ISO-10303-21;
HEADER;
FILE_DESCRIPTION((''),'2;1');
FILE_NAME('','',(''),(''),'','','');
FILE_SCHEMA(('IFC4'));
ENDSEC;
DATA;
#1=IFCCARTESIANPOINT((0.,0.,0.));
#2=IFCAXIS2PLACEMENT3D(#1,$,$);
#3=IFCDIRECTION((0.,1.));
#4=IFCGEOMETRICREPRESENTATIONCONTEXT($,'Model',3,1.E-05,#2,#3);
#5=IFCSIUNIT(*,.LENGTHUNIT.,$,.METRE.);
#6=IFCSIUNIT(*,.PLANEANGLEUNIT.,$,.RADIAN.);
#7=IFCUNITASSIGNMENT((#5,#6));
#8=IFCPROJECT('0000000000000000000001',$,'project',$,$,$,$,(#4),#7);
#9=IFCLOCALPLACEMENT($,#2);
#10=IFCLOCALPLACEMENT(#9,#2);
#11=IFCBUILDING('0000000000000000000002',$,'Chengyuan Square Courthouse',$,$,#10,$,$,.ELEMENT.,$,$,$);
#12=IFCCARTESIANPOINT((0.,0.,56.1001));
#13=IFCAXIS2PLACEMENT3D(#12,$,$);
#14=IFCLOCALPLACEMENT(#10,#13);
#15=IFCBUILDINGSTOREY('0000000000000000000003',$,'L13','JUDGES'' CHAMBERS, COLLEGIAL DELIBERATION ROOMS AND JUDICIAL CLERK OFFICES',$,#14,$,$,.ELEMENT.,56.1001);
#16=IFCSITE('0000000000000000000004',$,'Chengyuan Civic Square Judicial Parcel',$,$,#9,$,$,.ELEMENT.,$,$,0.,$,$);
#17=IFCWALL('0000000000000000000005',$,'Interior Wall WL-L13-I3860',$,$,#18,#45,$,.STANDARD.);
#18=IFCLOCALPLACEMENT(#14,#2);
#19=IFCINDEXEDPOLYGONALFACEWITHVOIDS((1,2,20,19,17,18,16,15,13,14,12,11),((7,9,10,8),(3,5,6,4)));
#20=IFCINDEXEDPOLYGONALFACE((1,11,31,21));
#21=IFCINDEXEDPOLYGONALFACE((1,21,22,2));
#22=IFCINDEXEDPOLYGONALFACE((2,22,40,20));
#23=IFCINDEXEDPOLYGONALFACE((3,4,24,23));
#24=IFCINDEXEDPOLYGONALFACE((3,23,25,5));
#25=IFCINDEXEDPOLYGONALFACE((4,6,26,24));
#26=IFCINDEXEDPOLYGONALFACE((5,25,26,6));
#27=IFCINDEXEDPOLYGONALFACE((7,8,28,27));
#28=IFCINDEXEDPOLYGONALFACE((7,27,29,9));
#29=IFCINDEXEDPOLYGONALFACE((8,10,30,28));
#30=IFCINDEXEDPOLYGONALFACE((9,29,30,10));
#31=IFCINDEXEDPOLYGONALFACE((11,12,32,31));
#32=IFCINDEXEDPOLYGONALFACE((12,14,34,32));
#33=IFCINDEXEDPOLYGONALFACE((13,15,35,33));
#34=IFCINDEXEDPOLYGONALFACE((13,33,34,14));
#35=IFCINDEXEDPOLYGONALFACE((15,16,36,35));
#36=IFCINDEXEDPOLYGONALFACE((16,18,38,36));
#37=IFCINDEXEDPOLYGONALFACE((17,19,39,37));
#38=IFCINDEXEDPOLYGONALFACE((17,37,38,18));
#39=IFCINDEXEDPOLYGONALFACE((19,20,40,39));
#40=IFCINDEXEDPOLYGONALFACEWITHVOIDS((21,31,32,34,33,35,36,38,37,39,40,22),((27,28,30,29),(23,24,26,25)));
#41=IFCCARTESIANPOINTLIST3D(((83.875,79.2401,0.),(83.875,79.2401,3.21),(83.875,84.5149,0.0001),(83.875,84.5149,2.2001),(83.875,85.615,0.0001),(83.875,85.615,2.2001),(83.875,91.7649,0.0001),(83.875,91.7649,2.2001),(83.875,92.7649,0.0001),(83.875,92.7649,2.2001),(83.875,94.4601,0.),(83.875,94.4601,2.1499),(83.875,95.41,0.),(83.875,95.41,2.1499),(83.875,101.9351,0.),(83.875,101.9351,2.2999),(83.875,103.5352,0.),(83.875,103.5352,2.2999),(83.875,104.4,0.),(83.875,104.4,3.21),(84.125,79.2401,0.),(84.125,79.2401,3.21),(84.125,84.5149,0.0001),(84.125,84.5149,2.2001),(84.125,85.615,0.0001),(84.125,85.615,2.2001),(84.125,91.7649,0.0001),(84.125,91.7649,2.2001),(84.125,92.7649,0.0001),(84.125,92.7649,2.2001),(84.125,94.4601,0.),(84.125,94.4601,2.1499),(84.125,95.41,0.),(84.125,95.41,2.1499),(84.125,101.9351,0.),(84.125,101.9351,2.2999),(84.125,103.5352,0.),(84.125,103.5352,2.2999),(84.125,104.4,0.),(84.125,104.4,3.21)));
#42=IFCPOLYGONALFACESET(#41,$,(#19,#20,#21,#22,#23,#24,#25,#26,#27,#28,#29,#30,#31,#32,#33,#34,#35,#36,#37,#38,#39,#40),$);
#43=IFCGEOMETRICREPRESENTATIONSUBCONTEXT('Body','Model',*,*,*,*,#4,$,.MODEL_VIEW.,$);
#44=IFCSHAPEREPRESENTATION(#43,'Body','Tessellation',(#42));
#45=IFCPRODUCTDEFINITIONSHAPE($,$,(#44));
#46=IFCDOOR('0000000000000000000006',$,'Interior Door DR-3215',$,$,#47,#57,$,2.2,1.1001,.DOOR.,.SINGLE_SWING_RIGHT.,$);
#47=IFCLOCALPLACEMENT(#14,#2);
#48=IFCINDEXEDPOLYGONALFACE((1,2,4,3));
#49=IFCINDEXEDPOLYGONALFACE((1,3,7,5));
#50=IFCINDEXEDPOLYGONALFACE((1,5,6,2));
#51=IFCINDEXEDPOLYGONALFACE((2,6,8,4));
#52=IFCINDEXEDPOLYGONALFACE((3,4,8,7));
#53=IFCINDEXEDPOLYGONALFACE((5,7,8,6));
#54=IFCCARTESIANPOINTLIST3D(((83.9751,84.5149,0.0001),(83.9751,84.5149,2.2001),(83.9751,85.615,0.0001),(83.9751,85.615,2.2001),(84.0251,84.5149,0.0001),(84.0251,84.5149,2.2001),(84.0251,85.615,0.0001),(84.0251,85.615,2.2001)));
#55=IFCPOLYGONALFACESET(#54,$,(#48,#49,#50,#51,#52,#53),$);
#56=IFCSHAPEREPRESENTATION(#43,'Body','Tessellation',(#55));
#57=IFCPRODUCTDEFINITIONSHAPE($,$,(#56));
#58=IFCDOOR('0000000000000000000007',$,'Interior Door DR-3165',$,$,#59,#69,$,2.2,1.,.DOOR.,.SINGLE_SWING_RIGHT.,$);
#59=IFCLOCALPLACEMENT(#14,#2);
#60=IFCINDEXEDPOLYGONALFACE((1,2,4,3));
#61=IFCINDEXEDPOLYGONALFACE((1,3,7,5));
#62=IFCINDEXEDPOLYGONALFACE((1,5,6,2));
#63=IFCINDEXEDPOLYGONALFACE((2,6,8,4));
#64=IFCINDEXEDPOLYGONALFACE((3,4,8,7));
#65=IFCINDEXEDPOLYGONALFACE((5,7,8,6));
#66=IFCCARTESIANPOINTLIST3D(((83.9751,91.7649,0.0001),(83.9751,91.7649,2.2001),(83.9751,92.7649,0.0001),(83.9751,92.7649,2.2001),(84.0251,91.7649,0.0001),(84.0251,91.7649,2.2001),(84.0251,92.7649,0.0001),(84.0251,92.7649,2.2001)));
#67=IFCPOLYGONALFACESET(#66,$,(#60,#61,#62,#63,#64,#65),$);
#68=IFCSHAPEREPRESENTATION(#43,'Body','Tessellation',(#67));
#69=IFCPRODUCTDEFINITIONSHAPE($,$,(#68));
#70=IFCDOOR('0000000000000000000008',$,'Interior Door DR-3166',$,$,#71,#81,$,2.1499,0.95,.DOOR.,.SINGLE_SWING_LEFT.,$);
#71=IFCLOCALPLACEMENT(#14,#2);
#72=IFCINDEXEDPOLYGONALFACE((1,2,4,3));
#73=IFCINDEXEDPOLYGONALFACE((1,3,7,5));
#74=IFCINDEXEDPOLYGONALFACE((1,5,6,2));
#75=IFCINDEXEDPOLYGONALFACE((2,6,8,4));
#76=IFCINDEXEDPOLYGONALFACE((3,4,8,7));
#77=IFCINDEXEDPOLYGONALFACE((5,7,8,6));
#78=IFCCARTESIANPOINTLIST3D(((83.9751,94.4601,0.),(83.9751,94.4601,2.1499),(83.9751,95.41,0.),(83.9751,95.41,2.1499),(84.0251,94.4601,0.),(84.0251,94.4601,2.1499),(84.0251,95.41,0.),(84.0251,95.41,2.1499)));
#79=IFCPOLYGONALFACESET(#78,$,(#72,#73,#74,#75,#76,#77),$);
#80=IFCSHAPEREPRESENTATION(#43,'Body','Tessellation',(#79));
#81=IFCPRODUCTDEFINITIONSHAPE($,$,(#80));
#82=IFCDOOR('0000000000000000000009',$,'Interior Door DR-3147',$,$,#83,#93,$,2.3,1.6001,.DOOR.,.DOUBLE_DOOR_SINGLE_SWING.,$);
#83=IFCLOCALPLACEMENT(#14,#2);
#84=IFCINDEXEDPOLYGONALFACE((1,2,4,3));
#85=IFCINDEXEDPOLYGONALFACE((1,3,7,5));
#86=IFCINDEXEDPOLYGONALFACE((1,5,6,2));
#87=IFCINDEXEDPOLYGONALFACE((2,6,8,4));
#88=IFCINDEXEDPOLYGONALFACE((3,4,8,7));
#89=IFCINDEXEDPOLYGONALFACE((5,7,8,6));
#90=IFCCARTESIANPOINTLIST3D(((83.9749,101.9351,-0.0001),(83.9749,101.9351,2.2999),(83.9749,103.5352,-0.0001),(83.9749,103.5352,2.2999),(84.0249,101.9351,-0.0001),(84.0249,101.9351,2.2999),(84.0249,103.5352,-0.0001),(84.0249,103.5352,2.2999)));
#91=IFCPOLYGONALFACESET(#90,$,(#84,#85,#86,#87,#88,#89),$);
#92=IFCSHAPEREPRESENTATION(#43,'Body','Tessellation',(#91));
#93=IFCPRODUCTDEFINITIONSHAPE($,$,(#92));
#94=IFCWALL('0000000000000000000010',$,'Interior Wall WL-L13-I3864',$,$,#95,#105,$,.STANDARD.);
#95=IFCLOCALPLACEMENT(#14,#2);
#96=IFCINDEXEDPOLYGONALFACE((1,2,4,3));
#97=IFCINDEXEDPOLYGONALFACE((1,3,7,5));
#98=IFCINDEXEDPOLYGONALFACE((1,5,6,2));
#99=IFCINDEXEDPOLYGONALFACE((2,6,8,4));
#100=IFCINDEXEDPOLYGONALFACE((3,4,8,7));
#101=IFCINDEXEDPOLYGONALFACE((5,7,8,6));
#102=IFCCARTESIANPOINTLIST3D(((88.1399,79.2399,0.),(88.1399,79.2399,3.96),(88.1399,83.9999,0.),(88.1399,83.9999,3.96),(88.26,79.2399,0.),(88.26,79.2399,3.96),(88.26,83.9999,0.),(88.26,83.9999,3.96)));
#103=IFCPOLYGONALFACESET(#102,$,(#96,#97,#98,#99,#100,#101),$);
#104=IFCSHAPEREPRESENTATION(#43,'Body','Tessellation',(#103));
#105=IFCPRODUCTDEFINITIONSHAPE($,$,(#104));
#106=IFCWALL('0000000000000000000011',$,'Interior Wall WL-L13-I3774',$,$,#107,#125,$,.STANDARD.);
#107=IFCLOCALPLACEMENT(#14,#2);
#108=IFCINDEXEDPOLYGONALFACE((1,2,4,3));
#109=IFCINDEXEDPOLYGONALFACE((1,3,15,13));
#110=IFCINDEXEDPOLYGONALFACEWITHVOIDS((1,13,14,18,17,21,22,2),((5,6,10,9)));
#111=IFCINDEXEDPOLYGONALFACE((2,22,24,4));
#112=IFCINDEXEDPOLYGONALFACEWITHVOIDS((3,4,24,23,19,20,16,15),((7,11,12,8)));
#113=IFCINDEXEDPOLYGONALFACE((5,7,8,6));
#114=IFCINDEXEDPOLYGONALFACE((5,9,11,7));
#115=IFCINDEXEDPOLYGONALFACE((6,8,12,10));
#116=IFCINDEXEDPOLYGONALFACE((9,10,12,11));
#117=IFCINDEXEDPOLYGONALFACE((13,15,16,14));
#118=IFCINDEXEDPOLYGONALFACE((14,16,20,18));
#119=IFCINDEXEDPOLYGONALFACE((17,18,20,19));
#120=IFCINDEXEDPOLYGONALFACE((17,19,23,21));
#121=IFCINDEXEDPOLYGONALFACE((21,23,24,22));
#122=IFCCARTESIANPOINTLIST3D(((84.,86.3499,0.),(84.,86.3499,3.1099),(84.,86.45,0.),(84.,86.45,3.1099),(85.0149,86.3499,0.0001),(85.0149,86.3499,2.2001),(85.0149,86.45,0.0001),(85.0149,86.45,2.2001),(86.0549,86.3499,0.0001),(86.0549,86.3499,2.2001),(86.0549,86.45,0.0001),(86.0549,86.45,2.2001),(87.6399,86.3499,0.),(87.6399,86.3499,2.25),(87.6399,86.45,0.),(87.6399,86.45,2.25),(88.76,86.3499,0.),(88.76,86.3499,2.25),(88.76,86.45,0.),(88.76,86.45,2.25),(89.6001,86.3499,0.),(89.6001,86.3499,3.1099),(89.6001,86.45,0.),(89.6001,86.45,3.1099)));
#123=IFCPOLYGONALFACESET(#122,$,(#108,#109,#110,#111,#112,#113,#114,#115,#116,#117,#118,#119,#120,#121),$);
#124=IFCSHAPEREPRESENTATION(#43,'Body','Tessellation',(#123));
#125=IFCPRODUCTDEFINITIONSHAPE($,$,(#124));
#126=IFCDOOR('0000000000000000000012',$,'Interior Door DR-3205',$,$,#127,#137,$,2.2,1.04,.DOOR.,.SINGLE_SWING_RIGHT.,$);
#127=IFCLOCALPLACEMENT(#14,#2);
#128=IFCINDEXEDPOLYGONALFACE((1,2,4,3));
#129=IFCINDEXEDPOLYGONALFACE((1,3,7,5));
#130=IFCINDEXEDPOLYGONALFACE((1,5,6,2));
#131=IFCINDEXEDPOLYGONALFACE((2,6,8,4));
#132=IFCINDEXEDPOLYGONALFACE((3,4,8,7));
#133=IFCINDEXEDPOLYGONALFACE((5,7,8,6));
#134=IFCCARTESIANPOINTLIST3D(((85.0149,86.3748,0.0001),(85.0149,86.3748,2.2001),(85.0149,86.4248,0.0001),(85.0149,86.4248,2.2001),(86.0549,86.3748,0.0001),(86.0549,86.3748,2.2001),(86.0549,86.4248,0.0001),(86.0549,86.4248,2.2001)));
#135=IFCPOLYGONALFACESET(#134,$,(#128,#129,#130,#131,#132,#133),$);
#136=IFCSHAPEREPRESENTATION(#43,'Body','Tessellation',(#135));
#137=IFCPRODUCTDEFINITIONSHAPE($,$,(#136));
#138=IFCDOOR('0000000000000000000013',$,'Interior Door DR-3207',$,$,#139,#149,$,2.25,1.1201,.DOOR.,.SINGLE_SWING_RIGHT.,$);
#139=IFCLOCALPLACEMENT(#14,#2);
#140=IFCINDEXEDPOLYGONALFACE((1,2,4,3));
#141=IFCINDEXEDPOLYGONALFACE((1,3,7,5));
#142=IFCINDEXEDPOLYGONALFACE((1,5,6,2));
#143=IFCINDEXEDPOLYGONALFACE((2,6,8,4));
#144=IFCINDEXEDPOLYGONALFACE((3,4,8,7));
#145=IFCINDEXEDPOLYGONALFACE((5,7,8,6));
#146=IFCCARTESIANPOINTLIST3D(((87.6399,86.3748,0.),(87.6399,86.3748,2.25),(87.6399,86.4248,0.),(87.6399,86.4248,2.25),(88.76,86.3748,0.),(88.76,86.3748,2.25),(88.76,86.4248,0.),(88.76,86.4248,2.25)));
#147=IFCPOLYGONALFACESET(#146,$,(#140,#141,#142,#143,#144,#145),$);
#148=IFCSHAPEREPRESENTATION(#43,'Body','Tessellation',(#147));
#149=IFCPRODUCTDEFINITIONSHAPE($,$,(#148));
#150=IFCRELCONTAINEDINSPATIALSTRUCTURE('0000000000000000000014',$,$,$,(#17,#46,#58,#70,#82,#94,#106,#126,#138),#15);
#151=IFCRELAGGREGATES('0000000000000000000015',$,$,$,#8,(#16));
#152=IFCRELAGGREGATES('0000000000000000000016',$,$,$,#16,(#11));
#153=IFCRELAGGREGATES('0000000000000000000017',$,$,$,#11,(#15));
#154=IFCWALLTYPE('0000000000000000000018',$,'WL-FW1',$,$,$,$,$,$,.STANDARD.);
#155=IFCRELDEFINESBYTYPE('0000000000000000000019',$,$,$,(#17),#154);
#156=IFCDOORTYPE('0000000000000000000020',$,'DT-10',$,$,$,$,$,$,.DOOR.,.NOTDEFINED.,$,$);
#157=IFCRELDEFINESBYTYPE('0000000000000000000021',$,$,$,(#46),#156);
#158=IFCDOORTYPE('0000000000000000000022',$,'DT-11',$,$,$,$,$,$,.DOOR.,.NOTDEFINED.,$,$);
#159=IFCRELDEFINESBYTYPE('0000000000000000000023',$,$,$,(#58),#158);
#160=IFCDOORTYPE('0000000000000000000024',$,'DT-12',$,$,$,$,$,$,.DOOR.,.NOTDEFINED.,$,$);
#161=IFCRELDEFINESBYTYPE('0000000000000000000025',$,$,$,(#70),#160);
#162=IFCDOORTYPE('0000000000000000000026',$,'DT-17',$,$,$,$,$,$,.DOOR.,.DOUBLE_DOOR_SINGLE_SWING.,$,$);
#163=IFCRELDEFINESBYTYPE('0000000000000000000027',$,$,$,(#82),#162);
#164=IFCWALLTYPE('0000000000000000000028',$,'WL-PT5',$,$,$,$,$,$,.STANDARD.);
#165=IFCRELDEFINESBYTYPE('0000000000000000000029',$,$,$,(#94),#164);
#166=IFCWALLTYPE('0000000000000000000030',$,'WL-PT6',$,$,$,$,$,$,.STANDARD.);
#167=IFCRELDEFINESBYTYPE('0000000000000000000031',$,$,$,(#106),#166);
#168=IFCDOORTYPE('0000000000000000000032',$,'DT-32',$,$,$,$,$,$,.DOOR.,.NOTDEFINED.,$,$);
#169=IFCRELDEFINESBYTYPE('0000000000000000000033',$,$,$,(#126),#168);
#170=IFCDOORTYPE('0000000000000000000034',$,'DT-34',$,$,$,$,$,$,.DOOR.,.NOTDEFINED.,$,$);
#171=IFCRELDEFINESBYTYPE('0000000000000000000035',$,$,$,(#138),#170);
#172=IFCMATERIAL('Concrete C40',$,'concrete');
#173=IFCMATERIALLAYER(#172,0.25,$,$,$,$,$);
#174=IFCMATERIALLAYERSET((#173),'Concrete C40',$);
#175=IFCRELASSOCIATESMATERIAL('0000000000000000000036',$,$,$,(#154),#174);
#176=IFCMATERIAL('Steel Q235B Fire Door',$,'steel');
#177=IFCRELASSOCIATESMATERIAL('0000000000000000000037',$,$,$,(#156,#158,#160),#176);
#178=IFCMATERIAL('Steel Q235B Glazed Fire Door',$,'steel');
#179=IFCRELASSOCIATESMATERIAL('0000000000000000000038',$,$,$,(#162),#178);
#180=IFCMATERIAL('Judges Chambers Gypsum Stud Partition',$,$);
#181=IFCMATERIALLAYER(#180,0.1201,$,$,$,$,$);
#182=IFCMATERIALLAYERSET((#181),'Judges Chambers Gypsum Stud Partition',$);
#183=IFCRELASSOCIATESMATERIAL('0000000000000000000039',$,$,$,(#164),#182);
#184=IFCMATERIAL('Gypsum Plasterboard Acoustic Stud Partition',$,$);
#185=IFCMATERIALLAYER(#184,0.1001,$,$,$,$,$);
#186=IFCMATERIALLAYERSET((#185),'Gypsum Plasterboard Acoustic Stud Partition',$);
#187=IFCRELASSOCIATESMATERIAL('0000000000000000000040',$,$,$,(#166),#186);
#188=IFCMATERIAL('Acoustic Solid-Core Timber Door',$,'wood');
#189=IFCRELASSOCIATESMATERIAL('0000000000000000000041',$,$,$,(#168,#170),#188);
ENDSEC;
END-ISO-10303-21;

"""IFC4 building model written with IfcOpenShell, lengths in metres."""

from ifc_helpers import new_model, si_unit, direction, frame, frame_2d, origin, place, context, subcontext, project, spatial, rectangle, extrude, material, layer, layer_set, type_object, element, fill, save


model = new_model("IFC4")

# Units and contexts
model_context = context("Model", 3, precision=1e-05, world=origin(), true_north=direction((0.0, 1.0)))
body_context = subcontext(model_context, "Body", "Model", "MODEL_VIEW")
ifc_project = project(units=[si_unit("LENGTHUNIT", "METRE"), si_unit("PLANEANGLEUNIT", "RADIAN")], contexts=[model_context])

# Site, building, storey
site_placement = place(None, origin())
site = spatial("IfcSite", under=ifc_project, at=site_placement, Name="Chengyuan Civic Square Judicial Parcel", CompositionType="ELEMENT", RefElevation=0.0)
building_placement = place(site_placement, origin())
building = spatial("IfcBuilding", under=site, at=building_placement, Name="Chengyuan Square Courthouse", CompositionType="ELEMENT")
storey_placement = place(building_placement, frame((0.0, 0.0, 56.1001)))
storey = spatial("IfcBuildingStorey", under=building, at=storey_placement, Name="L13", Description="JUDGES' CHAMBERS, COLLEGIAL DELIBERATION ROOMS AND JUDICIAL CLERK OFFICES", CompositionType="ELEMENT", Elevation=56.1001)

# Shared definitions
ifc_material_1 = material(Name="Concrete C40", Category="concrete")

# Wall, openings, doors
ifc_layer_1 = layer(ifc_material_1, 0.25)
ifc_layer_set_1 = layer_set([ifc_layer_1], Name="Concrete C40")
wall_type_1 = type_object("IfcWallType", Name="WL-FW1", PredefinedType="STANDARD", material=ifc_layer_set_1)
wall_1_placement = place(storey_placement, frame((84.0, 79.24, 0.0), z_axis=(0.0, 0.0, 1.0), x_axis=(0.0, 1.0, 0.0)))
wall_1 = element("IfcWall", 1, at=wall_1_placement, inside=storey, type_object=wall_type_1, Name="Interior Wall WL-L13-I3860", PredefinedType="STANDARD", context=body_context, shape_type="SweptSolid", body=[
    extrude(rectangle(XDim=25.1599, YDim=0.25, at=frame_2d((12.5801, 0.0))), origin(), (0.0, 0.0, 1.0), 3.21),
])
opening_1_placement = place(wall_1_placement, frame((22.6951, 0.0, 0.0)))
opening_1 = element("IfcOpeningElement", 2, at=opening_1_placement, cuts=wall_1, PredefinedType="OPENING", context=body_context, shape_type="SweptSolid", body=[
    extrude(rectangle(XDim=1.6001, YDim=2.3, at=frame_2d((0.8, 1.1499))), frame((0.0, 0.137, 0.0), z_axis=(0.0, -1.0, 0.0), x_axis=(1.0, 0.0, 0.0)), (0.0, 0.0, 1.0), 0.2739),
])
opening_2_placement = place(wall_1_placement, frame((12.5249, 0.0, 0.0)))
opening_2 = element("IfcOpeningElement", 3, at=opening_2_placement, cuts=wall_1, PredefinedType="OPENING", context=body_context, shape_type="SweptSolid", body=[
    extrude(rectangle(XDim=1.0, YDim=2.2, at=frame_2d((0.5, 1.1001))), frame((0.0, 0.137, 0.0), z_axis=(0.0, -1.0, 0.0), x_axis=(1.0, 0.0, 0.0)), (0.0, 0.0, 1.0), 0.2739),
])
opening_3_placement = place(wall_1_placement, frame((15.22, 0.0, 0.0)))
opening_3 = element("IfcOpeningElement", 4, at=opening_3_placement, cuts=wall_1, PredefinedType="OPENING", context=body_context, shape_type="SweptSolid", body=[
    extrude(rectangle(XDim=0.95, YDim=2.1499, at=frame_2d((0.4751, 1.075))), frame((0.0, 0.137, 0.0), z_axis=(0.0, -1.0, 0.0), x_axis=(1.0, 0.0, 0.0)), (0.0, 0.0, 1.0), 0.2739),
])
opening_4_placement = place(wall_1_placement, frame((5.2749, 0.0, 0.0)))
opening_4 = element("IfcOpeningElement", 5, at=opening_4_placement, cuts=wall_1, PredefinedType="OPENING", context=body_context, shape_type="SweptSolid", body=[
    extrude(rectangle(XDim=1.1001, YDim=2.2, at=frame_2d((0.55, 1.1001))), frame((0.0, 0.137, 0.0), z_axis=(0.0, -1.0, 0.0), x_axis=(1.0, 0.0, 0.0)), (0.0, 0.0, 1.0), 0.2739),
])
ifc_material_2 = material(Name="Steel Q235B Fire Door", Category="steel")
door_type_1 = type_object("IfcDoorType", Name="DT-10", OperationType="NOTDEFINED", PredefinedType="DOOR", material=ifc_material_2)
door_1_placement = place(opening_4_placement, origin())
door_1 = element("IfcDoor", 6, at=door_1_placement, inside=storey, type_object=door_type_1, Name="Interior Door DR-3215", OperationType="SINGLE_SWING_RIGHT", OverallHeight=2.2, OverallWidth=1.1001, PredefinedType="DOOR", context=body_context, shape_type="SweptSolid", body=[
    extrude(rectangle(XDim=1.1001, YDim=2.2, at=frame_2d((0.55, 1.1001))), frame((0.0, 0.0249, 0.0), z_axis=(0.0, -1.0, 0.0), x_axis=(1.0, 0.0, 0.0)), (0.0, 0.0, 1.0), 0.05),
])
fill(opening_4, door_1)
door_type_2 = type_object("IfcDoorType", Name="DT-11", OperationType="NOTDEFINED", PredefinedType="DOOR", material=ifc_material_2)
door_2_placement = place(opening_2_placement, origin())
door_2 = element("IfcDoor", 7, at=door_2_placement, inside=storey, type_object=door_type_2, Name="Interior Door DR-3165", OperationType="SINGLE_SWING_RIGHT", OverallHeight=2.2, OverallWidth=1.0, PredefinedType="DOOR", context=body_context, shape_type="SweptSolid", body=[
    extrude(rectangle(XDim=1.0, YDim=2.2, at=frame_2d((0.5, 1.1001))), frame((0.0, 0.0249, 0.0), z_axis=(0.0, -1.0, 0.0), x_axis=(1.0, 0.0, 0.0)), (0.0, 0.0, 1.0), 0.05),
])
fill(opening_2, door_2)
door_type_3 = type_object("IfcDoorType", Name="DT-12", OperationType="NOTDEFINED", PredefinedType="DOOR", material=ifc_material_2)
door_3_placement = place(opening_3_placement, origin())
door_3 = element("IfcDoor", 8, at=door_3_placement, inside=storey, type_object=door_type_3, Name="Interior Door DR-3166", OperationType="SINGLE_SWING_LEFT", OverallHeight=2.1499, OverallWidth=0.95, PredefinedType="DOOR", context=body_context, shape_type="SweptSolid", body=[
    extrude(rectangle(XDim=0.95, YDim=2.1499, at=frame_2d((0.4751, 1.075))), frame((0.0, 0.0249, 0.0), z_axis=(0.0, -1.0, 0.0), x_axis=(1.0, 0.0, 0.0)), (0.0, 0.0, 1.0), 0.05),
])
fill(opening_3, door_3)
ifc_material_3 = material(Name="Steel Q235B Glazed Fire Door", Category="steel")
door_type_4 = type_object("IfcDoorType", Name="DT-17", OperationType="DOUBLE_DOOR_SINGLE_SWING", PredefinedType="DOOR", material=ifc_material_3)
door_4_placement = place(opening_1_placement, frame((1.6001, 0.0, 0.0), z_axis=(0.0, 0.0, 1.0), x_axis=(-1.0, 0.0, 0.0)))
door_4 = element("IfcDoor", 9, at=door_4_placement, inside=storey, type_object=door_type_4, Name="Interior Door DR-3147", OperationType="DOUBLE_DOOR_SINGLE_SWING", OverallHeight=2.3, OverallWidth=1.6001, PredefinedType="DOOR", context=body_context, shape_type="SweptSolid", body=[
    extrude(rectangle(XDim=1.6001, YDim=2.3, at=frame_2d((0.8, 1.1499))), frame((0.0, 0.0249, 0.0), z_axis=(0.0, -1.0, 0.0), x_axis=(1.0, 0.0, 0.0)), (0.0, 0.0, 1.0), 0.05),
])
fill(opening_1, door_4)

# Wall
ifc_material_4 = material(Name="Judges Chambers Gypsum Stud Partition")
ifc_layer_2 = layer(ifc_material_4, 0.1201)
ifc_layer_set_2 = layer_set([ifc_layer_2], Name="Judges Chambers Gypsum Stud Partition")
wall_type_2 = type_object("IfcWallType", Name="WL-PT5", PredefinedType="STANDARD", material=ifc_layer_set_2)
wall_2_placement = place(storey_placement, frame((88.2, 79.24, 0.0), z_axis=(0.0, 0.0, 1.0), x_axis=(0.0, 1.0, 0.0)))
element("IfcWall", 10, at=wall_2_placement, inside=storey, type_object=wall_type_2, Name="Interior Wall WL-L13-I3864", PredefinedType="STANDARD", context=body_context, shape_type="SweptSolid", body=[
    extrude(rectangle(XDim=4.76, YDim=0.1201, at=frame_2d((2.3799, 0.0))), origin(), (0.0, 0.0, 1.0), 3.96),
])

# Wall, openings, doors
ifc_material_5 = material(Name="Gypsum Plasterboard Acoustic Stud Partition")
ifc_layer_3 = layer(ifc_material_5, 0.1001)
ifc_layer_set_3 = layer_set([ifc_layer_3], Name="Gypsum Plasterboard Acoustic Stud Partition")
wall_type_3 = type_object("IfcWallType", Name="WL-PT6", PredefinedType="STANDARD", material=ifc_layer_set_3)
wall_3_placement = place(storey_placement, frame((84.0, 86.3999, 0.0), z_axis=(0.0, 0.0, 1.0), x_axis=(1.0, 0.0, 0.0)))
wall_3 = element("IfcWall", 11, at=wall_3_placement, inside=storey, type_object=wall_type_3, Name="Interior Wall WL-L13-I3774", PredefinedType="STANDARD", context=body_context, shape_type="SweptSolid", body=[
    extrude(rectangle(XDim=5.6001, YDim=0.1001, at=frame_2d((2.8, 0.0))), origin(), (0.0, 0.0, 1.0), 3.1099),
])
opening_5_placement = place(wall_3_placement, frame((1.0149, 0.0, 0.0)))
opening_5 = element("IfcOpeningElement", 12, at=opening_5_placement, cuts=wall_3, PredefinedType="OPENING", context=body_context, shape_type="SweptSolid", body=[
    extrude(rectangle(XDim=1.04, YDim=2.2, at=frame_2d((0.52, 1.1001))), frame((0.0, 0.062, 0.0), z_axis=(0.0, -1.0, 0.0), x_axis=(1.0, 0.0, 0.0)), (0.0, 0.0, 1.0), 0.124),
])
opening_6_placement = place(wall_3_placement, frame((3.6399, 0.0, 0.0)))
opening_6 = element("IfcOpeningElement", 13, at=opening_6_placement, cuts=wall_3, PredefinedType="OPENING", context=body_context, shape_type="SweptSolid", body=[
    extrude(rectangle(XDim=1.1201, YDim=2.25, at=frame_2d((0.5601, 1.125))), frame((0.0, 0.062, 0.0), z_axis=(0.0, -1.0, 0.0), x_axis=(1.0, 0.0, 0.0)), (0.0, 0.0, 1.0), 0.124),
])
ifc_material_6 = material(Name="Acoustic Solid-Core Timber Door", Category="wood")
door_type_5 = type_object("IfcDoorType", Name="DT-32", OperationType="NOTDEFINED", PredefinedType="DOOR", material=ifc_material_6)
door_5_placement = place(opening_5_placement, origin())
door_5 = element("IfcDoor", 14, at=door_5_placement, inside=storey, type_object=door_type_5, Name="Interior Door DR-3205", OperationType="SINGLE_SWING_RIGHT", OverallHeight=2.2, OverallWidth=1.04, PredefinedType="DOOR", context=body_context, shape_type="SweptSolid", body=[
    extrude(rectangle(XDim=1.04, YDim=2.2, at=frame_2d((0.52, 1.1001))), frame((0.0, 0.0249, 0.0), z_axis=(0.0, -1.0, 0.0), x_axis=(1.0, 0.0, 0.0)), (0.0, 0.0, 1.0), 0.05),
])
fill(opening_5, door_5)
door_type_6 = type_object("IfcDoorType", Name="DT-34", OperationType="NOTDEFINED", PredefinedType="DOOR", material=ifc_material_6)
door_6_placement = place(opening_6_placement, origin())
door_6 = element("IfcDoor", 15, at=door_6_placement, inside=storey, type_object=door_type_6, Name="Interior Door DR-3207", OperationType="SINGLE_SWING_RIGHT", OverallHeight=2.25, OverallWidth=1.1201, PredefinedType="DOOR", context=body_context, shape_type="SweptSolid", body=[
    extrude(rectangle(XDim=1.1201, YDim=2.25, at=frame_2d((0.5601, 1.125))), frame((0.0, 0.0249, 0.0), z_axis=(0.0, -1.0, 0.0), x_axis=(1.0, 0.0, 0.0)), (0.0, 0.0, 1.0), 0.05),
])
fill(opening_6, door_6)

save(model, "model.ifc")
